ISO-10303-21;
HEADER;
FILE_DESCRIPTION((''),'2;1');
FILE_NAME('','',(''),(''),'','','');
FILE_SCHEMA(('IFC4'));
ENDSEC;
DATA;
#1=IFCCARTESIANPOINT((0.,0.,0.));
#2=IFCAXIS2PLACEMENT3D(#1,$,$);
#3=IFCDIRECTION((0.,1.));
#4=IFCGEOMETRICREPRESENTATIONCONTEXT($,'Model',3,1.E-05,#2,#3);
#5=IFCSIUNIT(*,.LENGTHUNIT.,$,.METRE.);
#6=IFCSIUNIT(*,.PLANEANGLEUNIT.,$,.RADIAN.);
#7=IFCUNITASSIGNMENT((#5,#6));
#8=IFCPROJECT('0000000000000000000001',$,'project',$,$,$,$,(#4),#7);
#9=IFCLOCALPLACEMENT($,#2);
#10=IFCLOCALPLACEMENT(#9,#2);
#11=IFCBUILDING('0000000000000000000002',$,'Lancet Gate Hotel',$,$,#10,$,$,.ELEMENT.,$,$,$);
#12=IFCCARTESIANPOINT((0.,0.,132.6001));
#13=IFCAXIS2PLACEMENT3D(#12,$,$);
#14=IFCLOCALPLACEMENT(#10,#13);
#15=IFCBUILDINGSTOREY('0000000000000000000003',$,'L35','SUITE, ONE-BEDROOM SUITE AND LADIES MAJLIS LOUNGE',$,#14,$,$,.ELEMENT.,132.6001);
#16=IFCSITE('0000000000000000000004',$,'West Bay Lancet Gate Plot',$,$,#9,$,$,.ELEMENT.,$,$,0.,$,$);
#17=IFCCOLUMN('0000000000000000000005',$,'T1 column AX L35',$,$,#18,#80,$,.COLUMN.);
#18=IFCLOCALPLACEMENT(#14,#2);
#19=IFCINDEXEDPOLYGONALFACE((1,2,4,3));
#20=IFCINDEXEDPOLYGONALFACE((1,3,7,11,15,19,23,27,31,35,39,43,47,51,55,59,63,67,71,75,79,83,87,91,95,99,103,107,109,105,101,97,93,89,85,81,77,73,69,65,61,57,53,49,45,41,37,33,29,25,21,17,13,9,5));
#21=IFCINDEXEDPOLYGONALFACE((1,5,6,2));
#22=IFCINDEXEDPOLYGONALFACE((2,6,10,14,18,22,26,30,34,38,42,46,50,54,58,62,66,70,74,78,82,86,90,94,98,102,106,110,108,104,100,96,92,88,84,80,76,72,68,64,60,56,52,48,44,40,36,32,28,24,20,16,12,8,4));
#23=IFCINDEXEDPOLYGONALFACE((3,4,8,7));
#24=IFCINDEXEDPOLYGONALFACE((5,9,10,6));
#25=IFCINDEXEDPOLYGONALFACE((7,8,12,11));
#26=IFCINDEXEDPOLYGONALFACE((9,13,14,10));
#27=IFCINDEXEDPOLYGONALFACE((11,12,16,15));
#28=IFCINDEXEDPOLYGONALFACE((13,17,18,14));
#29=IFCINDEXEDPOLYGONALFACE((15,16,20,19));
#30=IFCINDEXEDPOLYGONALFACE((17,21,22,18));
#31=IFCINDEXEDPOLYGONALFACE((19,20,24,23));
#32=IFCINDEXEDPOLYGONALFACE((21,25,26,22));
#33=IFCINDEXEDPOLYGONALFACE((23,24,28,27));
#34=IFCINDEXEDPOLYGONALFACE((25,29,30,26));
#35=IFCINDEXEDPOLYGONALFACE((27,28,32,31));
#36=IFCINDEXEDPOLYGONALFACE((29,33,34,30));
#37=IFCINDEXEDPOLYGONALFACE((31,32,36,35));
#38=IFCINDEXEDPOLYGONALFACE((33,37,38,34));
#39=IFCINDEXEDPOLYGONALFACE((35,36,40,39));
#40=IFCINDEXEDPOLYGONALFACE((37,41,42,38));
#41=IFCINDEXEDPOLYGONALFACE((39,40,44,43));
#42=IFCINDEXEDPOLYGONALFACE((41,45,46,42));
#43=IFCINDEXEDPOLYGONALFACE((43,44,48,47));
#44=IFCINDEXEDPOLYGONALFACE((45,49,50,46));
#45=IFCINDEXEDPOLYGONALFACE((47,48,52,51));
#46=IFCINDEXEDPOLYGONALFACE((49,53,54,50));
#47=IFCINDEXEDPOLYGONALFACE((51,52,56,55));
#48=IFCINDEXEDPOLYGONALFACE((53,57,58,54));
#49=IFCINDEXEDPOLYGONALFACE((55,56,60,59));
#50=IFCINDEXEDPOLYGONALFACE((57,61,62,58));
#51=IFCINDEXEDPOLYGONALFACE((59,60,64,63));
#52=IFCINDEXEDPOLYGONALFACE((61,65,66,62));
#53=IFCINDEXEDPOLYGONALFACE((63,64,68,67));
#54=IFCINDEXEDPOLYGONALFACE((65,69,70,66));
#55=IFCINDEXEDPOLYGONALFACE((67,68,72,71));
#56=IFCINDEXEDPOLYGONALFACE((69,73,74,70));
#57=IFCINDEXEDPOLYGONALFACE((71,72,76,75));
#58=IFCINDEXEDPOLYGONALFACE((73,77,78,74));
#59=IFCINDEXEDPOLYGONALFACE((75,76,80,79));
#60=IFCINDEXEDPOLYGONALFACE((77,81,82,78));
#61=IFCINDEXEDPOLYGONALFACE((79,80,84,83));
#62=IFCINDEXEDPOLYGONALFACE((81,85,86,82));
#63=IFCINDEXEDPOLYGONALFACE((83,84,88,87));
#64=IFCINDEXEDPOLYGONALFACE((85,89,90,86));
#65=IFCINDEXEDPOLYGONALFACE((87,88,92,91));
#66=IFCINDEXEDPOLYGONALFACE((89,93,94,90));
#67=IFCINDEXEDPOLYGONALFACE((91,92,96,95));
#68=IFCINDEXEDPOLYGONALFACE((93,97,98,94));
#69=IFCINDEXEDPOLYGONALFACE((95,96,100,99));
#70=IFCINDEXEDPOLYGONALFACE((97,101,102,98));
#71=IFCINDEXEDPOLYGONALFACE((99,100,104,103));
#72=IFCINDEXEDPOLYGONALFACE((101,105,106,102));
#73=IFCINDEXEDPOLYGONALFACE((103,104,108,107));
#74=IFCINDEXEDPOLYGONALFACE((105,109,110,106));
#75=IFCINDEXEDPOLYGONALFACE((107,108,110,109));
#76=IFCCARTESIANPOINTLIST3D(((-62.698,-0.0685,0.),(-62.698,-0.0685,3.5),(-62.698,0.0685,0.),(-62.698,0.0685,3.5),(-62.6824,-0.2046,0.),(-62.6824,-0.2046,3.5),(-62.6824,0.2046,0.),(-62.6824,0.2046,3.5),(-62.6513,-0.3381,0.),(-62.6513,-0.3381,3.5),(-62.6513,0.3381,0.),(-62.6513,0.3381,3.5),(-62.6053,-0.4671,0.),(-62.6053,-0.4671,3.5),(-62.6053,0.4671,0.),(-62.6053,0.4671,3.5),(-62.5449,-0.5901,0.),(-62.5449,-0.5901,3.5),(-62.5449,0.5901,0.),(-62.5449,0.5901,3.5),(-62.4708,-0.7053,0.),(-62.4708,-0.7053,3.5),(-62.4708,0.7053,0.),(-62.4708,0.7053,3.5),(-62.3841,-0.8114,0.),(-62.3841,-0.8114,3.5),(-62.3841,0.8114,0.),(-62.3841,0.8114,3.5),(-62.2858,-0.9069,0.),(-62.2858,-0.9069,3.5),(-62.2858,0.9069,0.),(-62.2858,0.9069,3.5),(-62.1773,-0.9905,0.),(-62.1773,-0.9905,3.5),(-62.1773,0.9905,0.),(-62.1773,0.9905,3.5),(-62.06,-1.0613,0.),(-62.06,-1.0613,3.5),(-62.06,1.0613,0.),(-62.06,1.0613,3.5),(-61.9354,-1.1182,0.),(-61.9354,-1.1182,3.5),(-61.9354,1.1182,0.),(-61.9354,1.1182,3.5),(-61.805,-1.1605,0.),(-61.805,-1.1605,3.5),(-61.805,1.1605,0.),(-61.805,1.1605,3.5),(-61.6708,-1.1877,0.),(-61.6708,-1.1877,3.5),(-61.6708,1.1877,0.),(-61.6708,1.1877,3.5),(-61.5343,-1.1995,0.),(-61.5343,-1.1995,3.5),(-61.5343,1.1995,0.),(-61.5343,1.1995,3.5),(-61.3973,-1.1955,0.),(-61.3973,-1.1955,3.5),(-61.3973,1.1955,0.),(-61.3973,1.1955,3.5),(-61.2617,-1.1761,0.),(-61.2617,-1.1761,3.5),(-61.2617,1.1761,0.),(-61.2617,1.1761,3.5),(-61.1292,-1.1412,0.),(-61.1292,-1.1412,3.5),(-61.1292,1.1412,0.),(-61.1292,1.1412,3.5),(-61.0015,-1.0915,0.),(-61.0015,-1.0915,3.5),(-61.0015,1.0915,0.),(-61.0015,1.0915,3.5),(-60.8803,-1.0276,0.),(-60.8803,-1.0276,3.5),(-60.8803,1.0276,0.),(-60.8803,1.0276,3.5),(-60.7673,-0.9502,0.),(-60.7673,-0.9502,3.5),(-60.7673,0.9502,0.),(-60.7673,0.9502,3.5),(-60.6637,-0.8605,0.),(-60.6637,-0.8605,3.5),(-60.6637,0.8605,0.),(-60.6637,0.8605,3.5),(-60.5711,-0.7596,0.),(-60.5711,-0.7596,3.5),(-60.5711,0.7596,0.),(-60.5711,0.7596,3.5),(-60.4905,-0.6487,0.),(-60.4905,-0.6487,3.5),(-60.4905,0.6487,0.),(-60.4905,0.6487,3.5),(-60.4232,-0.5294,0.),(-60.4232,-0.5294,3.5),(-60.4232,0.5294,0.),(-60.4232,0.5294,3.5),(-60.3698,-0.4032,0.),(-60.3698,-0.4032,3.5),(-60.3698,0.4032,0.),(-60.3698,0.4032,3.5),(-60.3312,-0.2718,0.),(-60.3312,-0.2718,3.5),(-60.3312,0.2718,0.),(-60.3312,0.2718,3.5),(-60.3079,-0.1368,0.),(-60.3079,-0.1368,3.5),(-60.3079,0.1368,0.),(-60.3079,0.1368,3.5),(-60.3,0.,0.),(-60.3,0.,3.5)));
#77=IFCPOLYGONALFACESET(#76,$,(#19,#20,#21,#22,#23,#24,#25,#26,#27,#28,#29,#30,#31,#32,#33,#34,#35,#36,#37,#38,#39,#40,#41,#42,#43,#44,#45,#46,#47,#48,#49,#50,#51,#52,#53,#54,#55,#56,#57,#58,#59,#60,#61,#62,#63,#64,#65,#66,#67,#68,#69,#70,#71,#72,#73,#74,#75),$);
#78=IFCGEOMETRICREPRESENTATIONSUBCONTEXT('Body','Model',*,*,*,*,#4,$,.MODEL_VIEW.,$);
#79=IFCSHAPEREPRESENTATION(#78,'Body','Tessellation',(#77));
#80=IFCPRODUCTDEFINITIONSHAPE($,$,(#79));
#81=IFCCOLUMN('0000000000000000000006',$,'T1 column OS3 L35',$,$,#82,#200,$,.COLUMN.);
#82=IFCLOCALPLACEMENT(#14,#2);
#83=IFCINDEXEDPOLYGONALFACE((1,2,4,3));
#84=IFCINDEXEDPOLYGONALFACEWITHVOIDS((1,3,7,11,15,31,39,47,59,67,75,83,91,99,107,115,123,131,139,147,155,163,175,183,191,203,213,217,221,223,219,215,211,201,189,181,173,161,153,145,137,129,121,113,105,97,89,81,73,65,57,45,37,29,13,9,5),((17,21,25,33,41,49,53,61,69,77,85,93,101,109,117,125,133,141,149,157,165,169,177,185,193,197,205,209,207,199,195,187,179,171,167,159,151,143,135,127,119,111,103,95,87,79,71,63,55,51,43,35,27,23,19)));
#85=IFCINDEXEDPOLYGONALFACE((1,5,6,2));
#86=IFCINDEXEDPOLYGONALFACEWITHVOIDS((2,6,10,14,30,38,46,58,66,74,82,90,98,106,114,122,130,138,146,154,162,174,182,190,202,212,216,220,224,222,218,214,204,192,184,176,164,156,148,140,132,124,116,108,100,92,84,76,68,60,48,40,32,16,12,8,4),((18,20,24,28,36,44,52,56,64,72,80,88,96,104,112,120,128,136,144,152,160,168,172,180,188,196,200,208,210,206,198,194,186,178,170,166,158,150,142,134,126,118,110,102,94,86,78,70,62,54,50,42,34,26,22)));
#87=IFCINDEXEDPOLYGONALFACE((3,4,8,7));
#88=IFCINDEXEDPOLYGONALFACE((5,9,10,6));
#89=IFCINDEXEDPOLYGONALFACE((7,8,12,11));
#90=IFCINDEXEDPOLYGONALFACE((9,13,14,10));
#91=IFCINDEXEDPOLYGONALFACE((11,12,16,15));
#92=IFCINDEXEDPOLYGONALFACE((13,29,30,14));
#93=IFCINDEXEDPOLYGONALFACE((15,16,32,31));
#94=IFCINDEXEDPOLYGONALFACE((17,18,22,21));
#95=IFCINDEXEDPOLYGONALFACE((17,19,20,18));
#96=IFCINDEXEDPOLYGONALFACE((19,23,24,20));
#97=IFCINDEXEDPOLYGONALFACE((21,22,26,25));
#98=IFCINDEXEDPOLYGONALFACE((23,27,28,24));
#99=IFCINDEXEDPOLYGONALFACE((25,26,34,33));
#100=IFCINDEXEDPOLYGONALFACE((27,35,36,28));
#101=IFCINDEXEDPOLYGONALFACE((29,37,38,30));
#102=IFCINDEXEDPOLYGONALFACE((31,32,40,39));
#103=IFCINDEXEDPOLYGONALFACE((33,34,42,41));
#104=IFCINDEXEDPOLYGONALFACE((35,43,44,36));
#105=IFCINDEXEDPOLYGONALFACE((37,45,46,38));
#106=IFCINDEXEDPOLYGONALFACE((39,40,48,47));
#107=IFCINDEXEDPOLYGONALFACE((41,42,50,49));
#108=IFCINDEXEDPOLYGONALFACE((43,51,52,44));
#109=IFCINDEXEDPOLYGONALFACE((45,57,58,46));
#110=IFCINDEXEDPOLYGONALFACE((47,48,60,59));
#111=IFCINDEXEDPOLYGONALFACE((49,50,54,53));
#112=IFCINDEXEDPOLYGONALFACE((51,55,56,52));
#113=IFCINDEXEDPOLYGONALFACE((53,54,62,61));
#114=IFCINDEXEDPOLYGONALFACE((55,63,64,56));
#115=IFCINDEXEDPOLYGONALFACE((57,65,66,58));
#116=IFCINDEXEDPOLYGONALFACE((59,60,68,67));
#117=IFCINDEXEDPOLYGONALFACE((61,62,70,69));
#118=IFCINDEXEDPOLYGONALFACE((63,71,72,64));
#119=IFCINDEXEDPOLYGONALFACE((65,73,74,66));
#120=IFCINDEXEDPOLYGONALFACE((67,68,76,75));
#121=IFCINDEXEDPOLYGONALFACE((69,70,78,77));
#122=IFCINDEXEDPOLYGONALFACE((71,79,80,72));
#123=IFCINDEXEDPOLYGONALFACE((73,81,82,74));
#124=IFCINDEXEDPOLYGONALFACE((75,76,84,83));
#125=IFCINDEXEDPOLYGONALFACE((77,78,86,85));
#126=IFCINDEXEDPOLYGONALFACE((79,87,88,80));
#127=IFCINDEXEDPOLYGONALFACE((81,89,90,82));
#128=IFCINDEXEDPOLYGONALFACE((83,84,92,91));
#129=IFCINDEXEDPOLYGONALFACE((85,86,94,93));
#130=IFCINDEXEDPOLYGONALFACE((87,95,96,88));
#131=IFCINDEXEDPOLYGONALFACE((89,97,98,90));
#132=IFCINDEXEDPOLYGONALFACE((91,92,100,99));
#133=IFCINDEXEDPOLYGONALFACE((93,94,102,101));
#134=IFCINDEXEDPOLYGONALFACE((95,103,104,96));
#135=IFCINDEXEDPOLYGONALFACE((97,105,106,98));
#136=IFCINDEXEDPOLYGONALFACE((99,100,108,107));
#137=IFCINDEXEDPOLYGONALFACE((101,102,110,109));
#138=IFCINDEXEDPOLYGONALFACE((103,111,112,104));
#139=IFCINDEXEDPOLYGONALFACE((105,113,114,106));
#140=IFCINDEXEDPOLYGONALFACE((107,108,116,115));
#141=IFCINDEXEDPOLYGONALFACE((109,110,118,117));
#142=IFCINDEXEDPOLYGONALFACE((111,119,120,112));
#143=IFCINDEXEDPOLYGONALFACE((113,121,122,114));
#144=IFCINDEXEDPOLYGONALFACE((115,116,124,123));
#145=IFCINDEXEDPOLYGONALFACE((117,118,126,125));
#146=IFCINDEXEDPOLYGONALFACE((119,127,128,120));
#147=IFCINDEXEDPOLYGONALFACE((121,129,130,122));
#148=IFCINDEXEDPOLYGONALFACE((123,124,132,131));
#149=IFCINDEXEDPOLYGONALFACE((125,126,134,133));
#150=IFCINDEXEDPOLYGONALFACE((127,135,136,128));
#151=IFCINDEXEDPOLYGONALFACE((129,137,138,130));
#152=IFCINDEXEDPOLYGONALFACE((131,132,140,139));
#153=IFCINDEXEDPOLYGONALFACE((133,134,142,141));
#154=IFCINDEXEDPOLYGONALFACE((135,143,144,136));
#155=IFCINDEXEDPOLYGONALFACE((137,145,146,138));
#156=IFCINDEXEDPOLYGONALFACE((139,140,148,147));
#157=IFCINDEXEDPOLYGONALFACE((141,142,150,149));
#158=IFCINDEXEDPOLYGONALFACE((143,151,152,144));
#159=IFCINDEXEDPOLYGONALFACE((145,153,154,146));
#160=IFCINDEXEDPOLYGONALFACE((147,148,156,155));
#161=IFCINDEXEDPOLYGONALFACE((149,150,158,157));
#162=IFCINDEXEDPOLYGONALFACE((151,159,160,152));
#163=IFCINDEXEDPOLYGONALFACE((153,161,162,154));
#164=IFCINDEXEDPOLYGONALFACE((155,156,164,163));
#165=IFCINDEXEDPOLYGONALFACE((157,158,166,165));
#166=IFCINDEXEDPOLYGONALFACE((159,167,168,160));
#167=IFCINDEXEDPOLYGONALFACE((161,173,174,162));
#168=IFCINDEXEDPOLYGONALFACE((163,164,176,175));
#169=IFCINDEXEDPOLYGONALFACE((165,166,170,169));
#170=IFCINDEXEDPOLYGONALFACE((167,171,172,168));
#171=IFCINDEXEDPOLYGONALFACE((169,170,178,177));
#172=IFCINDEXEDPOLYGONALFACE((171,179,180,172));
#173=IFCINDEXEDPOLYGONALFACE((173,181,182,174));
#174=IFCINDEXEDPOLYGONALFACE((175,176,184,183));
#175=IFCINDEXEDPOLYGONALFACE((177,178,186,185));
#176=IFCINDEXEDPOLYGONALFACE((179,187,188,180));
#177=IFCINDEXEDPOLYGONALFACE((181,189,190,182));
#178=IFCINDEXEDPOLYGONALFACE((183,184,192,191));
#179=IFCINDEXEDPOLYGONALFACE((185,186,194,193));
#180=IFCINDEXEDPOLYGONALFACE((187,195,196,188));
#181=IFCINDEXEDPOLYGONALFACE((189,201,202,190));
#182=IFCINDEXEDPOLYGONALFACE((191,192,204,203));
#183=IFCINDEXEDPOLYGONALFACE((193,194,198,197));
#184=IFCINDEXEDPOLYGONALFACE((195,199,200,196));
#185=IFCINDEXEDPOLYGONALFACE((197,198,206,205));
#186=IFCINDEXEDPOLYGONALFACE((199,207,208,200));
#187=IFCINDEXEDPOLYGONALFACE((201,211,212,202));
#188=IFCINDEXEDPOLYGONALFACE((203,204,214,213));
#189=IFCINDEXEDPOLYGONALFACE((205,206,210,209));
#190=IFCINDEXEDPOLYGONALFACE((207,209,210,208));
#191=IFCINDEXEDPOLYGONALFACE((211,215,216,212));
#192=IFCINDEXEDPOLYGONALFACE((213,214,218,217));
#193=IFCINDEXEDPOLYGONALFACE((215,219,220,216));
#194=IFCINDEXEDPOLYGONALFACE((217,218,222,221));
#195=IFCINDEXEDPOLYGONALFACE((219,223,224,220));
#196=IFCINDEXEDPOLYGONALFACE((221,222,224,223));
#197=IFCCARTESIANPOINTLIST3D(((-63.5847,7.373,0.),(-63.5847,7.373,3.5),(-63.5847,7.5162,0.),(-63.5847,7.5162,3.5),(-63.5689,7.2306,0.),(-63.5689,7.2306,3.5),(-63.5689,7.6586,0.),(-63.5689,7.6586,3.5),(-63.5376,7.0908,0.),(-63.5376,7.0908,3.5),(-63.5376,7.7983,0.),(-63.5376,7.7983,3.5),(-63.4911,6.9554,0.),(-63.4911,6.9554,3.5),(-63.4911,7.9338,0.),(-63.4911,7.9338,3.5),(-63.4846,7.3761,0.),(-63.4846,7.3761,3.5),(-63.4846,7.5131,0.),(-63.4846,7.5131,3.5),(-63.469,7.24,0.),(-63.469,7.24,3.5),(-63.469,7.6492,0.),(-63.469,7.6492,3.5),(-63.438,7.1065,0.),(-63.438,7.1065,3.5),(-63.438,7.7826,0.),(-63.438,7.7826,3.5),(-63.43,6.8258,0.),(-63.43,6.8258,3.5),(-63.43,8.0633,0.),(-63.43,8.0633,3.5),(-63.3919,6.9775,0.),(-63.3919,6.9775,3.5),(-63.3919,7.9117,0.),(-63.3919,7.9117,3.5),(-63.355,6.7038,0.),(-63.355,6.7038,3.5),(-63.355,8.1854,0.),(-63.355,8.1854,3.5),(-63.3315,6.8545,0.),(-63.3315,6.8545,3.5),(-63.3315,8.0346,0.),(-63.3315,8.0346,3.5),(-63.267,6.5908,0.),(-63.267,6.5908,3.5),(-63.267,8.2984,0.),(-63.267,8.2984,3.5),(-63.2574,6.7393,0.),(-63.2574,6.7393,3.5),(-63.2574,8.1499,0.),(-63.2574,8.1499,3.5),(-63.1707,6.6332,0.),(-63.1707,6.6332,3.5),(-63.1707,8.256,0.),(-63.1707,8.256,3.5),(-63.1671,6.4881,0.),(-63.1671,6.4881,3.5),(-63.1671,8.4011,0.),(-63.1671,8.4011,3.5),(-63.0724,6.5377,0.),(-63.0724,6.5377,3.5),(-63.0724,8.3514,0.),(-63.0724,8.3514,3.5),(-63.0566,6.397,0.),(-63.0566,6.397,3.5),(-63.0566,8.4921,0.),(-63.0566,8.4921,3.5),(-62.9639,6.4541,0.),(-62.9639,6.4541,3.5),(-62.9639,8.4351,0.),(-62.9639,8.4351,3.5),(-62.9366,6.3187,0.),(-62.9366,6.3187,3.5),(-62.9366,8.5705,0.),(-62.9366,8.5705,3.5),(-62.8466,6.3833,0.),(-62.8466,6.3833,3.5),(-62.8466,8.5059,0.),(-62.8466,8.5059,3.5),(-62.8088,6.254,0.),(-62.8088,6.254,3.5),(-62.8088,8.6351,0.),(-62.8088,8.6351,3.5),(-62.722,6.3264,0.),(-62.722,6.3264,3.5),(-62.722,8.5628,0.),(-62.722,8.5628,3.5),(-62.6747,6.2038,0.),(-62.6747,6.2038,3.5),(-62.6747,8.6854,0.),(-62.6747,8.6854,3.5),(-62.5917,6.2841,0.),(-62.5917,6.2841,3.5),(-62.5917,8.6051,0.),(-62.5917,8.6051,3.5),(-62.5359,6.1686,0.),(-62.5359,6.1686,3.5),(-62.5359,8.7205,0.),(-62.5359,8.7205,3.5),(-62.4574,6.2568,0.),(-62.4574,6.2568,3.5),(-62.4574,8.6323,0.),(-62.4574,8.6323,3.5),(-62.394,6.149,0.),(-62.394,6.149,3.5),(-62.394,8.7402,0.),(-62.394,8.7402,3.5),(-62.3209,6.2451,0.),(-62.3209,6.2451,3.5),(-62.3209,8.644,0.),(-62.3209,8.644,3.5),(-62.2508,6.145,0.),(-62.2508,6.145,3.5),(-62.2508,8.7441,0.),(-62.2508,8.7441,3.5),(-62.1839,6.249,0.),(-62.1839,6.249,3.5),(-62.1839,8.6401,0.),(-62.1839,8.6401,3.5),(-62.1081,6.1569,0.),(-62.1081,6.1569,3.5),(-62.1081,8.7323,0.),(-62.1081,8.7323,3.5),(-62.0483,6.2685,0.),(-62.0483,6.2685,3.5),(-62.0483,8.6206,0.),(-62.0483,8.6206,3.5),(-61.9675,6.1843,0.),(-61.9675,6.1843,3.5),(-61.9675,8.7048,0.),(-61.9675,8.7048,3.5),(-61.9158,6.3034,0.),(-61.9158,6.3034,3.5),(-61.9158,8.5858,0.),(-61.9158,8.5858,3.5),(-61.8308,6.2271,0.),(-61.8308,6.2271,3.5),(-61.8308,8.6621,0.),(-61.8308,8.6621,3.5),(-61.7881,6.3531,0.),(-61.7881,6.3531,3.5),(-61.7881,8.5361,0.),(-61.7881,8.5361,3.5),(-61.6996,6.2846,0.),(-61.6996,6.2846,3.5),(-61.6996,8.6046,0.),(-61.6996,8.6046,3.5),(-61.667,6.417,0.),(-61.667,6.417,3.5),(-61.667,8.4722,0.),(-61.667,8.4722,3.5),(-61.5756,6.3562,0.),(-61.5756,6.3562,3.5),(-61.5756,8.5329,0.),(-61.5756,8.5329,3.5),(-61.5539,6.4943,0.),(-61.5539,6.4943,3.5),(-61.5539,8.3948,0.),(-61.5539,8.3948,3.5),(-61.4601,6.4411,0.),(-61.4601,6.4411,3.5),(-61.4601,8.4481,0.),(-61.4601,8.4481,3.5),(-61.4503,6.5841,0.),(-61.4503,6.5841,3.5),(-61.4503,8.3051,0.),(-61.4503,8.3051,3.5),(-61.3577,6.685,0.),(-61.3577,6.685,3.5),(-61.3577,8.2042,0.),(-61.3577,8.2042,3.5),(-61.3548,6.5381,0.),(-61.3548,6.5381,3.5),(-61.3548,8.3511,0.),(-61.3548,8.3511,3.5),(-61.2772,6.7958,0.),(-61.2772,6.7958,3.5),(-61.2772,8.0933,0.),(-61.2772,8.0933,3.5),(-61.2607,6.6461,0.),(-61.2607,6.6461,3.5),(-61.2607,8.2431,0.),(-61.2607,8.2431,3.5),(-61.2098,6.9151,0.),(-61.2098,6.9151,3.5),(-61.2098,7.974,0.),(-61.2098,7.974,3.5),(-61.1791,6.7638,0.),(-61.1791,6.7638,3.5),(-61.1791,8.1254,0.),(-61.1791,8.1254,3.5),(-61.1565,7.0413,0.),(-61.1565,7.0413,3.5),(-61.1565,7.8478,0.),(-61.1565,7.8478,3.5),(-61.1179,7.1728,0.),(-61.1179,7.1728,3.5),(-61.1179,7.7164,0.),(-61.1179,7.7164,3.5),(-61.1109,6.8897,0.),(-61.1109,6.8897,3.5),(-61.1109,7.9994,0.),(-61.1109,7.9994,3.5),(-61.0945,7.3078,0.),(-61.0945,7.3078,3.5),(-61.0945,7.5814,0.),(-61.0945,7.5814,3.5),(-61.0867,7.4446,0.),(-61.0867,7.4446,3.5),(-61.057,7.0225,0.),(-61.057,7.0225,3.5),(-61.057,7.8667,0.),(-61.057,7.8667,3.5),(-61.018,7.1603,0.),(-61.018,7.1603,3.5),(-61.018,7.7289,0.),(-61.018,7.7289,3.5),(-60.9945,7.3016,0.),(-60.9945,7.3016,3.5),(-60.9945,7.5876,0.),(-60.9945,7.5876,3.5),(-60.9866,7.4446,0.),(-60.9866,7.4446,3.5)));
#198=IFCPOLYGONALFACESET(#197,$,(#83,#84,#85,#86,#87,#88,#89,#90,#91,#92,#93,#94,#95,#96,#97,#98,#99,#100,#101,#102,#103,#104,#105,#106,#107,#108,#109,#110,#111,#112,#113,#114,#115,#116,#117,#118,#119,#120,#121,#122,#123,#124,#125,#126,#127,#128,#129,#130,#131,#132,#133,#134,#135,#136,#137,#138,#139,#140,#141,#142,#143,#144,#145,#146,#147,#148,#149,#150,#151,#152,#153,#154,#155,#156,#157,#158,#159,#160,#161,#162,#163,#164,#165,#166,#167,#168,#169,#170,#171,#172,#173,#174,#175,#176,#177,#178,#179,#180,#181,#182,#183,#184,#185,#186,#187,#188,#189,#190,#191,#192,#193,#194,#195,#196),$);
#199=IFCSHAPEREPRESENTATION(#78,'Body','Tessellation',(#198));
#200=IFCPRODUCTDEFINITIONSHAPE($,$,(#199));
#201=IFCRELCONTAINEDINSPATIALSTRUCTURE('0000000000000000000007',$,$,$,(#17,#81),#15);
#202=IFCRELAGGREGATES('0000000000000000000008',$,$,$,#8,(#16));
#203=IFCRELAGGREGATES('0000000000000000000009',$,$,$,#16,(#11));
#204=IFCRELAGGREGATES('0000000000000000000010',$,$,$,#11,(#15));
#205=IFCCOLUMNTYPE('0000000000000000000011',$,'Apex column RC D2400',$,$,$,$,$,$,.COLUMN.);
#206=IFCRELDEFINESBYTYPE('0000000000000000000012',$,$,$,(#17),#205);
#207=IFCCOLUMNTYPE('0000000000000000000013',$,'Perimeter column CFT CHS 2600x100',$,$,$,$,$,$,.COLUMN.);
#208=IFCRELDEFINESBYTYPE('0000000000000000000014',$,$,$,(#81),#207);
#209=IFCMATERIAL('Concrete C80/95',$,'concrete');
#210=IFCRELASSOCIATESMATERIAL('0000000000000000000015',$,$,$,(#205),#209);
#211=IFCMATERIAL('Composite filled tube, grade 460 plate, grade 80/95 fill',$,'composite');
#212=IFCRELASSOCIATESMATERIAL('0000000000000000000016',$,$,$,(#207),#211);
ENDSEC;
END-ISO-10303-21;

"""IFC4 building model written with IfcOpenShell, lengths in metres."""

from ifc_helpers import new_model, si_unit, direction, frame, origin, origin_2d, place, context, subcontext, project, spatial, circle, hollow_circle, extrude, material, material_profile, profile_set, type_object, element, save


model = new_model("IFC4")

# Units and contexts
model_context = context("Model", 3, precision=1e-05, world=origin(), true_north=direction((0.0, 1.0)))
body_context = subcontext(model_context, "Body", "Model", "MODEL_VIEW")
ifc_project = project(units=[si_unit("LENGTHUNIT", "METRE"), si_unit("PLANEANGLEUNIT", "RADIAN")], contexts=[model_context])

# Site, building, storey
site_placement = place(None, origin())
site = spatial("IfcSite", under=ifc_project, at=site_placement, Name="West Bay Lancet Gate Plot", CompositionType="ELEMENT", RefElevation=0.0)
building_placement = place(site_placement, origin())
building = spatial("IfcBuilding", under=site, at=building_placement, Name="Lancet Gate Hotel", CompositionType="ELEMENT")
storey_placement = place(building_placement, frame((0.0, 0.0, 132.6001)))
storey = spatial("IfcBuildingStorey", under=building, at=storey_placement, Name="L35", Description="SUITE, ONE-BEDROOM SUITE AND LADIES MAJLIS LOUNGE", CompositionType="ELEMENT", Elevation=132.6001)

# Columns
ifc_material_1 = material(Name="Concrete C80/95", Category="concrete")
ifc_material_profile_1 = material_profile(ifc_material_1, circle(Radius=1.2, at=origin_2d()), Name="RC D2400")
ifc_profile_set_1 = profile_set([ifc_material_profile_1], Name="Concrete C80/95")
column_type_1 = type_object("IfcColumnType", Name="Apex column RC D2400", PredefinedType="COLUMN", material=ifc_profile_set_1)
column_1_placement = place(storey_placement, frame((-61.5, 0.0, 0.0), z_axis=(0.0, 0.0, 1.0), x_axis=(1.0, 0.0, 0.0)))
element("IfcColumn", 1, at=column_1_placement, inside=storey, type_object=column_type_1, Name="T1 column AX L35", PredefinedType="COLUMN", context=body_context, shape_type="SweptSolid", body=[
    extrude(circle(Radius=1.2, at=origin_2d()), origin(), (0.0, 0.0, 1.0), 3.5),
])
ifc_material_2 = material(Name="Composite filled tube, grade 460 plate, grade 80/95 fill", Category="composite")
ifc_material_profile_2 = material_profile(ifc_material_2, hollow_circle(Radius=1.3, WallThickness=0.1001, at=origin_2d()), Name="CHS 2600x100")
ifc_profile_set_2 = profile_set([ifc_material_profile_2], Name="Composite filled tube, grade 460 plate, grade 80/95 fill")
column_type_2 = type_object("IfcColumnType", Name="Perimeter column CFT CHS 2600x100", PredefinedType="COLUMN", material=ifc_profile_set_2)
column_2_placement = place(storey_placement, frame((-62.2866, 7.4446, 0.0), z_axis=(0.0, 0.0, 1.0), x_axis=(1.0, 0.0, 0.0)))
element("IfcColumn", 2, at=column_2_placement, inside=storey, type_object=column_type_2, Name="T1 column OS3 L35", PredefinedType="COLUMN", context=body_context, shape_type="SweptSolid", body=[
    extrude(hollow_circle(Radius=1.3, WallThickness=0.1001, at=origin_2d()), origin(), (0.0, 0.0, 1.0), 3.5),
])

save(model, "model.ifc")
